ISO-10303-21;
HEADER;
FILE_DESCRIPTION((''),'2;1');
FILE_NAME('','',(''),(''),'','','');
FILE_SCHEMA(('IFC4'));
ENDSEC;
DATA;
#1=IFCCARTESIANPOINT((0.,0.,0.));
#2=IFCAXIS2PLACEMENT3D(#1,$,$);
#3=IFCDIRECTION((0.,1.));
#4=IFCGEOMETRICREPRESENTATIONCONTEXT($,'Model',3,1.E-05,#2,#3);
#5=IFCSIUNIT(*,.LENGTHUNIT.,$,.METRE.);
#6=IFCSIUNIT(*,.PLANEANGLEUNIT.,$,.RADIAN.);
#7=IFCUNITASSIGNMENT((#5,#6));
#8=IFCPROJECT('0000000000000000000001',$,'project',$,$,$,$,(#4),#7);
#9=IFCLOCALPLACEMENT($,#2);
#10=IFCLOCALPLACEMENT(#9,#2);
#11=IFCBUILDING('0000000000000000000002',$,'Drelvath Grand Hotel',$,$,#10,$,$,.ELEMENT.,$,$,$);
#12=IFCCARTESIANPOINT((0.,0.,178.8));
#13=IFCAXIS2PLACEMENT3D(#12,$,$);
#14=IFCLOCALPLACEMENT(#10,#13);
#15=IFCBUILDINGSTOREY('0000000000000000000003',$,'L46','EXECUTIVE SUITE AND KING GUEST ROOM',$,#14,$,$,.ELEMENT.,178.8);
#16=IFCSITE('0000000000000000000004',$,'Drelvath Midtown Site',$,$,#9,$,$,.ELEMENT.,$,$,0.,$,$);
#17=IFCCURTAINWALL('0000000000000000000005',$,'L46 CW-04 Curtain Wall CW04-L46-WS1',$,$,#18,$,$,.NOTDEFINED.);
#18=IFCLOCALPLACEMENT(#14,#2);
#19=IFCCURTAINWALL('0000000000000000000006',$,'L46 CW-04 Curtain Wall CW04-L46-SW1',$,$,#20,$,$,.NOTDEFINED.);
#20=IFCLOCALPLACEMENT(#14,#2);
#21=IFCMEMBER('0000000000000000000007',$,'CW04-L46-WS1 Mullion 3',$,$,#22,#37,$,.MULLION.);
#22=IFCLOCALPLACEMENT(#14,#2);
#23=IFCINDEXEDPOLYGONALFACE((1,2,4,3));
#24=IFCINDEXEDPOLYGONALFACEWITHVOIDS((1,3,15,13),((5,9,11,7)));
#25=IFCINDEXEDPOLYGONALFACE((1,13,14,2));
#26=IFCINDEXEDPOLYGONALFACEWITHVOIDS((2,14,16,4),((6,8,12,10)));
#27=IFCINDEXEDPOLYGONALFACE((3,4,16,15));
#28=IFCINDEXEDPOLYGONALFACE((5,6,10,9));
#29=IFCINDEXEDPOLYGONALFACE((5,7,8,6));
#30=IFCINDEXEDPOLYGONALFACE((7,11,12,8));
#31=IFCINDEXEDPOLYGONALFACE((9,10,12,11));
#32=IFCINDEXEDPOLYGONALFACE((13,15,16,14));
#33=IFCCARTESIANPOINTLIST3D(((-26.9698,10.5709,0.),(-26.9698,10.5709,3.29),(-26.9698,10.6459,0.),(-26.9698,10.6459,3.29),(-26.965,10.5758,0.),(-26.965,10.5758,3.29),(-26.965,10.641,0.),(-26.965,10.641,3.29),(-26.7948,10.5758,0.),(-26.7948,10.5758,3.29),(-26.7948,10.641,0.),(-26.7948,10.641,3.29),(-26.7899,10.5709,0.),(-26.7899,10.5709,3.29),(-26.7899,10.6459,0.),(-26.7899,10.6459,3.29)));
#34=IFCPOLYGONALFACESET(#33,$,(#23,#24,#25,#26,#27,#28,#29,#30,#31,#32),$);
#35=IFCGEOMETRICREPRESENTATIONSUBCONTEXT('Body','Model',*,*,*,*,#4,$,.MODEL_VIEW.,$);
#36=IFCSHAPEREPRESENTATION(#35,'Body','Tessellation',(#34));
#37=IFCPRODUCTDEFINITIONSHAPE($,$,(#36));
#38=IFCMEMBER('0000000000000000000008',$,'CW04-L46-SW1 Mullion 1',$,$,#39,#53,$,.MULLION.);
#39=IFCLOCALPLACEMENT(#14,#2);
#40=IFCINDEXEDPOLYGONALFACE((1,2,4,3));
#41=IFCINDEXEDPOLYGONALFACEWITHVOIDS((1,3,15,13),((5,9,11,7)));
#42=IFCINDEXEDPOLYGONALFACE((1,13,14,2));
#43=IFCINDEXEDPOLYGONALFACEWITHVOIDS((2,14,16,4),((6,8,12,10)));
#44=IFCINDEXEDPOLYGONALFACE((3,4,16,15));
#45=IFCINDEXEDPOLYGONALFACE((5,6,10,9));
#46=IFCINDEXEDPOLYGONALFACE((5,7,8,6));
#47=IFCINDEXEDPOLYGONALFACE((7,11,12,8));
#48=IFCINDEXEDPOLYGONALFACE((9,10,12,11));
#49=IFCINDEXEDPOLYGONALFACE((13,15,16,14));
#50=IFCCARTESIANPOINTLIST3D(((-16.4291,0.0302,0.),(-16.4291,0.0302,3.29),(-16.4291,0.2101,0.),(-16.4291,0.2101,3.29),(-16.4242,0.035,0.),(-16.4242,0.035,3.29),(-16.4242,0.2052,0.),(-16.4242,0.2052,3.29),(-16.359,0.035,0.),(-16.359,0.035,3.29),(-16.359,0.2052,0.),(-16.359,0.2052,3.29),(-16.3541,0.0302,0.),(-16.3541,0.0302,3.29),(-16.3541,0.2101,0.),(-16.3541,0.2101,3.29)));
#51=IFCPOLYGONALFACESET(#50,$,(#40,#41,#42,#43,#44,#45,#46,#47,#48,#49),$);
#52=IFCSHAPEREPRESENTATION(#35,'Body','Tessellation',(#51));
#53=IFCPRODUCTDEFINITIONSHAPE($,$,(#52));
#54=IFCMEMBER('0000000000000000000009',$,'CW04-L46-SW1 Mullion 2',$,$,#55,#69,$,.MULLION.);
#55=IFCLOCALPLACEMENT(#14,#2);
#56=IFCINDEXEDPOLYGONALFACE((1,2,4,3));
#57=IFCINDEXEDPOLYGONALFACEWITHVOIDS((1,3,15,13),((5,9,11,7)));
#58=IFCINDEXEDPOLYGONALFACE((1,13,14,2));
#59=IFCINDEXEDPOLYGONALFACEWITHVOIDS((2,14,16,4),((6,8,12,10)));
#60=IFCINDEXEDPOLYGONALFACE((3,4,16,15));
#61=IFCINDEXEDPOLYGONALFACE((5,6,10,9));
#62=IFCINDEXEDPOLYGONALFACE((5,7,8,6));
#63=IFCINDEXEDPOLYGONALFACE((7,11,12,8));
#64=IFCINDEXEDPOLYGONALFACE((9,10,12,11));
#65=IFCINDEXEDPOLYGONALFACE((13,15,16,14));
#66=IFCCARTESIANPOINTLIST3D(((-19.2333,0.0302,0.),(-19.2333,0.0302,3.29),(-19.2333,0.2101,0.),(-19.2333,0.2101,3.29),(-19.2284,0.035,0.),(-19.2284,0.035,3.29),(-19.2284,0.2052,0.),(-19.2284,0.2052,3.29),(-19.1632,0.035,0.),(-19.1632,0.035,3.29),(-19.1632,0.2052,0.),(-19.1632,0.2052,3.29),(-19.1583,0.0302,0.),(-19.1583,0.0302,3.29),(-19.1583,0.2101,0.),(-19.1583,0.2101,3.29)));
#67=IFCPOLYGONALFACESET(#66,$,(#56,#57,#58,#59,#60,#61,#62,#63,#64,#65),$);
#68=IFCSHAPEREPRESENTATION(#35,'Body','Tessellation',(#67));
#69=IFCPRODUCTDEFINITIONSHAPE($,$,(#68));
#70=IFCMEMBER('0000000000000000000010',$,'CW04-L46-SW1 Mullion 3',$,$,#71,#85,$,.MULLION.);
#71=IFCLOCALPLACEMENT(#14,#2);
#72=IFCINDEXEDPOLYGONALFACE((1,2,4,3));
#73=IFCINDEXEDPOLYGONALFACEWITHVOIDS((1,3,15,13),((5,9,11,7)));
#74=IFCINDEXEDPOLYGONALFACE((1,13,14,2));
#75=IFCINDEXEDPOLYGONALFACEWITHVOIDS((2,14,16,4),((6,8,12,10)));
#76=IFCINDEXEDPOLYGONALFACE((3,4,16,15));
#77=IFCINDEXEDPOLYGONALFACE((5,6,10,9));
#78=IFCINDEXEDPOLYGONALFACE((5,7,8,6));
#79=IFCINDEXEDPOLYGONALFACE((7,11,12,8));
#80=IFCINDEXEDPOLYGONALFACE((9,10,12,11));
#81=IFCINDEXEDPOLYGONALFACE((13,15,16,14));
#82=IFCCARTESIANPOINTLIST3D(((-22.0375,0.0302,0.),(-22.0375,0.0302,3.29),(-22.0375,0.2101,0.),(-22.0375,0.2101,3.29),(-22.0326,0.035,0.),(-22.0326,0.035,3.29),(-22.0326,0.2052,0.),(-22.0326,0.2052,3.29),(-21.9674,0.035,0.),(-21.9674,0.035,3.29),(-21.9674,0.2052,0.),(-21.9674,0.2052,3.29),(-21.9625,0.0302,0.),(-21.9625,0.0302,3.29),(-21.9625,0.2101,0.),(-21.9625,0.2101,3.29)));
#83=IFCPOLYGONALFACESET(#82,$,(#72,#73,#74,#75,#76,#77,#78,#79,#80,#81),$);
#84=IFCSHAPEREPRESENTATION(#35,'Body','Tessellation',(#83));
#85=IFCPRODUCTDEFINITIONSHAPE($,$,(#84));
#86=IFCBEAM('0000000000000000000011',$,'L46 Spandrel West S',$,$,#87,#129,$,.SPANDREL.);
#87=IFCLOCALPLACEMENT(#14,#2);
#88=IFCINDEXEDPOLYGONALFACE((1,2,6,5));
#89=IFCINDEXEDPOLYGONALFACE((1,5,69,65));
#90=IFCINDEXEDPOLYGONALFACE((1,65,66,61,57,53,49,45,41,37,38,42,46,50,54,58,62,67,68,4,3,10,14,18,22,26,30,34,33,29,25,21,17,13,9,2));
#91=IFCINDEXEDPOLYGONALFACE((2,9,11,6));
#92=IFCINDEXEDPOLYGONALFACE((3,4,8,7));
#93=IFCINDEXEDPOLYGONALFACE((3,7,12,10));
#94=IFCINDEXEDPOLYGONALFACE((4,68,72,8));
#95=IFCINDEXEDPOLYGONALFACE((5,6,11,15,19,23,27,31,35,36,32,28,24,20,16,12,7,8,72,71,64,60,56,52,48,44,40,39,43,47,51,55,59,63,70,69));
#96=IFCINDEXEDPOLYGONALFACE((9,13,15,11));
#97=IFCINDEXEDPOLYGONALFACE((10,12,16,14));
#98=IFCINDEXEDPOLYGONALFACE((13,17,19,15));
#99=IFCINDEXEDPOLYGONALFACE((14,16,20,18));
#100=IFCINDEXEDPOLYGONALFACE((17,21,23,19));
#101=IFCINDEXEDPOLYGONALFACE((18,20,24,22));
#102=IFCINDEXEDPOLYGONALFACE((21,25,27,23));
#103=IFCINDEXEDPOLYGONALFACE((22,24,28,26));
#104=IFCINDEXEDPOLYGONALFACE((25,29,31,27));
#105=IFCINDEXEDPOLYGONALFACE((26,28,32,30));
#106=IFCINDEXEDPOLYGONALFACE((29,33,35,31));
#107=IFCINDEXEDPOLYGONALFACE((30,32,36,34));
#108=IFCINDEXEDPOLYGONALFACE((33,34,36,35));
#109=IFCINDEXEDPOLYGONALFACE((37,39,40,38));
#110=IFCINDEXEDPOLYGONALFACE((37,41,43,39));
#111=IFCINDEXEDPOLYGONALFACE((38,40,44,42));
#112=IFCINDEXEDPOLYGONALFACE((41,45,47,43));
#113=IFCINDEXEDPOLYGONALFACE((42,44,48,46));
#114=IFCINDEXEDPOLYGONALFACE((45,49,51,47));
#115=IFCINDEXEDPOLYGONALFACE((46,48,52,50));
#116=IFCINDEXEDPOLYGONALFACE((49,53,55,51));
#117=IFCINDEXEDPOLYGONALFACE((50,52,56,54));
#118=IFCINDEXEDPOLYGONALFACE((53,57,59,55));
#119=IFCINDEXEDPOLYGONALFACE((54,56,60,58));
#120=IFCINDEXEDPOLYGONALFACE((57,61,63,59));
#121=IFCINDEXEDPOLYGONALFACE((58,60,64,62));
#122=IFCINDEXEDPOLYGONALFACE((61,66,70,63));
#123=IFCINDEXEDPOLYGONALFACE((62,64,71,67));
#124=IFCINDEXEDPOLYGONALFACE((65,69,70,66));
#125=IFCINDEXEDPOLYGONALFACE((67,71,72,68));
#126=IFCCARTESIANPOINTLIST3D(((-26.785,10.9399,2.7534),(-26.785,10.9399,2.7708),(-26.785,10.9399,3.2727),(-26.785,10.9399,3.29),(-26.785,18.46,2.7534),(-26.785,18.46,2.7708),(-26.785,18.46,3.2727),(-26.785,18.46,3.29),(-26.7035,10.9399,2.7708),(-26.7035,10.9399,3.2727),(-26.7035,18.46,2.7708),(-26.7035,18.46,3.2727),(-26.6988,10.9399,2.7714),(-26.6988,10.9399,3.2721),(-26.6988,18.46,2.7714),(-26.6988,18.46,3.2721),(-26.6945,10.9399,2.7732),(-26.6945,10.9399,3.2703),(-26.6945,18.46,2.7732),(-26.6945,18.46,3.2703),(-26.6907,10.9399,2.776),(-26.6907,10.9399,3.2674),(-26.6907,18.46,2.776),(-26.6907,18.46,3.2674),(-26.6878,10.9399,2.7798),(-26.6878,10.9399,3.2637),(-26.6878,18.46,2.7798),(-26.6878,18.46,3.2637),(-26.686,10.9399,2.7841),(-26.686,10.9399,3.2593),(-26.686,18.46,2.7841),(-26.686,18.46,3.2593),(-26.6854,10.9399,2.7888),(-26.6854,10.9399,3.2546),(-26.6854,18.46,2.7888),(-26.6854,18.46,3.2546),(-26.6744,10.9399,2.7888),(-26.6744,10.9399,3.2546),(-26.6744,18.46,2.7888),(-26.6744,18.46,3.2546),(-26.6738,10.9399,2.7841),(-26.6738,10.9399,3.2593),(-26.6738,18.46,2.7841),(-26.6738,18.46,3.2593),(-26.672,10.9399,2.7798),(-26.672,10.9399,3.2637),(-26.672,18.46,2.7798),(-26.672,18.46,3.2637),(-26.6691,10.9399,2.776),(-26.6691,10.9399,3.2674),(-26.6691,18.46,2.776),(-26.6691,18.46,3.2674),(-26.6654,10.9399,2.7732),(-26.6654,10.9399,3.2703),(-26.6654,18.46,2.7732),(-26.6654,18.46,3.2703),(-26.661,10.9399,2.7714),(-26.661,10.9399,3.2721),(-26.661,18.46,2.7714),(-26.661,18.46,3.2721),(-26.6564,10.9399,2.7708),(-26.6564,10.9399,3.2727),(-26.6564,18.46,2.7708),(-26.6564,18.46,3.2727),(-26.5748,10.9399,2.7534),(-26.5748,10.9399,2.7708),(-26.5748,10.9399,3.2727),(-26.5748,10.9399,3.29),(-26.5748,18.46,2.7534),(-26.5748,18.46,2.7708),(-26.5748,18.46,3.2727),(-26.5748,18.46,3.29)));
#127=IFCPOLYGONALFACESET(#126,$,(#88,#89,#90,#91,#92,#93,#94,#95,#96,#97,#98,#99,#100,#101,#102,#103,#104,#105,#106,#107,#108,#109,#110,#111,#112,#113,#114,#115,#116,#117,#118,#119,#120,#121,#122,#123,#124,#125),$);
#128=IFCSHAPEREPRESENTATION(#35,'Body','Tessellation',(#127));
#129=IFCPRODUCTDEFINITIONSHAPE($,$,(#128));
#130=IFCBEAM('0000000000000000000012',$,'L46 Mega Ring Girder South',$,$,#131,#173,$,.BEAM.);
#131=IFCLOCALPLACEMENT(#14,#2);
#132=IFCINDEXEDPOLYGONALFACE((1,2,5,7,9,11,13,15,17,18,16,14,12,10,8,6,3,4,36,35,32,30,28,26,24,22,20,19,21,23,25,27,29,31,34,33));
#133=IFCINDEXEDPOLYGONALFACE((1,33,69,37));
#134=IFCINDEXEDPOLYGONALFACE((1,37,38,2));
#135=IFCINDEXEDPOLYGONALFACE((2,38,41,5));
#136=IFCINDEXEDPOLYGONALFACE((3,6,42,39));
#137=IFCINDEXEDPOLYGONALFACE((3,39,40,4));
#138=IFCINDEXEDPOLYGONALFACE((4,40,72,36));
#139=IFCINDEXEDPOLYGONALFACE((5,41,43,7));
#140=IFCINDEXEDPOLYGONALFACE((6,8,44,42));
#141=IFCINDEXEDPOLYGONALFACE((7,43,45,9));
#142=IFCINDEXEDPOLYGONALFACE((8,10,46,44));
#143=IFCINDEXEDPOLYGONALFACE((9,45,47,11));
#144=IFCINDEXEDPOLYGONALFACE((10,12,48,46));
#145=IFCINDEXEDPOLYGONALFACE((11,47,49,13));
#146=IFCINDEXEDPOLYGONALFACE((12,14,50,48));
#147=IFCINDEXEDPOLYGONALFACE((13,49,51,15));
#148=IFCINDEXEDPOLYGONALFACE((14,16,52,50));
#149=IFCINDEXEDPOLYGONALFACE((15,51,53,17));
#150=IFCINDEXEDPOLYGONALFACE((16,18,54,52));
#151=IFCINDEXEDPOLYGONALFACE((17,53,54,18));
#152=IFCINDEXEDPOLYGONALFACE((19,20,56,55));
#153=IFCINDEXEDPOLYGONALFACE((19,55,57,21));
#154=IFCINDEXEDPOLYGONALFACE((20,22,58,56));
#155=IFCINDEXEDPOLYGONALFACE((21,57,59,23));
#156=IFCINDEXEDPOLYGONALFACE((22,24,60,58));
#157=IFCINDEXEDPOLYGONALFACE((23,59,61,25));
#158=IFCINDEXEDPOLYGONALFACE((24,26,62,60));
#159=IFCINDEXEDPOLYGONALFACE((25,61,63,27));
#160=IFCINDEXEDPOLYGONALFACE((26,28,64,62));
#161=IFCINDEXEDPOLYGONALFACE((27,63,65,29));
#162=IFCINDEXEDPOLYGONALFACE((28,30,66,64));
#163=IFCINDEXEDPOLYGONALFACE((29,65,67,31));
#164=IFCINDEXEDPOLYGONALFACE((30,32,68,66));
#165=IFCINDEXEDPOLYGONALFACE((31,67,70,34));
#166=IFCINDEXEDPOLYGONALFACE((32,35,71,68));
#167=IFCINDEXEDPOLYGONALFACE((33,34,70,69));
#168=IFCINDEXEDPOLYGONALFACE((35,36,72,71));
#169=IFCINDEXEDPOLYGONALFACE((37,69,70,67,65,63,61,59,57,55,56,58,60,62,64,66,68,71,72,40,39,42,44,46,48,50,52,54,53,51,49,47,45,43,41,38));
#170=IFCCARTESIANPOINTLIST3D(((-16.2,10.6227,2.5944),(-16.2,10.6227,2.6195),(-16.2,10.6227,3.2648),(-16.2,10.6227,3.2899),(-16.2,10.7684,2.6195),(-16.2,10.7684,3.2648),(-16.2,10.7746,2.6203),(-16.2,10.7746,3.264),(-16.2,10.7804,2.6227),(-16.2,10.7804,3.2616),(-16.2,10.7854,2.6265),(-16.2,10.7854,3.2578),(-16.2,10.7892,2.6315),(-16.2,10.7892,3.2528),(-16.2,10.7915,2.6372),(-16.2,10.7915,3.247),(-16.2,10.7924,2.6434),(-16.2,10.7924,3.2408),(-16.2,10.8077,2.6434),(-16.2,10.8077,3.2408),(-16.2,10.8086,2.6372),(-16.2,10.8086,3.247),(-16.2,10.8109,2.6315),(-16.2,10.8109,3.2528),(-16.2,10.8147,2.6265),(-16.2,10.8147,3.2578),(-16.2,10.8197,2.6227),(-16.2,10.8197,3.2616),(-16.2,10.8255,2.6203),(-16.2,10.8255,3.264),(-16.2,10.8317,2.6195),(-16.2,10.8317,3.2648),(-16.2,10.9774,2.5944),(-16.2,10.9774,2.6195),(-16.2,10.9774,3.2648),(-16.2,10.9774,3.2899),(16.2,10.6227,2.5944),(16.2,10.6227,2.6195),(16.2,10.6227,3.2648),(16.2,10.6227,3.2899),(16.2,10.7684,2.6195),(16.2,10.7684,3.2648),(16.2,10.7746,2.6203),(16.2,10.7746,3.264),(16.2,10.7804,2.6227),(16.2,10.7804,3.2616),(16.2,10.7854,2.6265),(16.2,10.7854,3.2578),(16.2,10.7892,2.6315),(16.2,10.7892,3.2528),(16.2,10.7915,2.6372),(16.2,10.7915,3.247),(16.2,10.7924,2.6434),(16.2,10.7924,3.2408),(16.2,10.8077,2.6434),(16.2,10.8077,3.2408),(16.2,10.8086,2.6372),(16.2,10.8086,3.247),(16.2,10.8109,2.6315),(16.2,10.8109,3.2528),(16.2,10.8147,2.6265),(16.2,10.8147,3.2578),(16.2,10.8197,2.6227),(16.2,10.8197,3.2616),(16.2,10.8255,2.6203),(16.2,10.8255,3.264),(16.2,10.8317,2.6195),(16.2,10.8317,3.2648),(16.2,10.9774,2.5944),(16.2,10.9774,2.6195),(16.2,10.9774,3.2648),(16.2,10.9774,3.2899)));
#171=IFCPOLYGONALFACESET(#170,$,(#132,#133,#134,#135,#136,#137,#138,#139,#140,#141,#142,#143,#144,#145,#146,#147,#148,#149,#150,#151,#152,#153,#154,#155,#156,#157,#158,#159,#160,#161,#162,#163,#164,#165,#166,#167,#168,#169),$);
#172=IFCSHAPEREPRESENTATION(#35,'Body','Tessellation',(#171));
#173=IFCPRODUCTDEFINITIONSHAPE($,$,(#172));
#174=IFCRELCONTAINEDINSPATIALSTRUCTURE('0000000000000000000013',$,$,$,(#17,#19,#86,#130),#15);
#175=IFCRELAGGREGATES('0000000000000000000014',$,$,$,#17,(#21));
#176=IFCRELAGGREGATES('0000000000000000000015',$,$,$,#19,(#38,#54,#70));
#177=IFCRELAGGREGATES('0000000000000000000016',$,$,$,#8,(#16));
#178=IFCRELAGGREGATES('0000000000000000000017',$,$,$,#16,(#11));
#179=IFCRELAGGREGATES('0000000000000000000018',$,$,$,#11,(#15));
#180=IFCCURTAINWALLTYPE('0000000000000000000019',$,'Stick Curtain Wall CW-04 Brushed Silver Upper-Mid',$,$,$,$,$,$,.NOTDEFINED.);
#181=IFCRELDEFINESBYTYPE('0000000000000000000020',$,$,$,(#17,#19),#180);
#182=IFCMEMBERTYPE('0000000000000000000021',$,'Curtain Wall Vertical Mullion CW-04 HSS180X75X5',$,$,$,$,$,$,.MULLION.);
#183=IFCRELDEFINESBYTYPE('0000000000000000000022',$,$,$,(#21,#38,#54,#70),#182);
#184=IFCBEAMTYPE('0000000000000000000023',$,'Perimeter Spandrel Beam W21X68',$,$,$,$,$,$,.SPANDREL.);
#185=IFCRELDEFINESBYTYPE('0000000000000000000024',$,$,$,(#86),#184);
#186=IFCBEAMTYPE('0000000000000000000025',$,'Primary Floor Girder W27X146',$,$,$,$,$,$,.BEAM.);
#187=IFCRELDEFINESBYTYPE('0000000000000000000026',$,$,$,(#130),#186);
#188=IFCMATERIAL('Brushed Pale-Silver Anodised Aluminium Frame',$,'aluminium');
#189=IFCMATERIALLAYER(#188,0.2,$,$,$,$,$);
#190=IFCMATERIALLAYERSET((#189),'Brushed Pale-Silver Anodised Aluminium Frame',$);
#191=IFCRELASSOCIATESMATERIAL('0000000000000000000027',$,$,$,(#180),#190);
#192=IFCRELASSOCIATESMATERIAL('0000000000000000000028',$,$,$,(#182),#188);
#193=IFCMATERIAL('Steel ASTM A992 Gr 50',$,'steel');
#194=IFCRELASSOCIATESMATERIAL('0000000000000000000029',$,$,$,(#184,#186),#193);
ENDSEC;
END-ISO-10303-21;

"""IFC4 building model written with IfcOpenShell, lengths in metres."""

from ifc_helpers import new_model, si_unit, direction, frame, origin, origin_2d, place, context, subcontext, project, spatial, hollow_rectangle, i_section, extrude, material, layer, layer_set, material_profile, profile_set, type_object, element, aggregate, save


model = new_model("IFC4")

# Units and contexts
model_context = context("Model", 3, precision=1e-05, world=origin(), true_north=direction((0.0, 1.0)))
body_context = subcontext(model_context, "Body", "Model", "MODEL_VIEW")
ifc_project = project(units=[si_unit("LENGTHUNIT", "METRE"), si_unit("PLANEANGLEUNIT", "RADIAN")], contexts=[model_context])

# Site, building, storey
site_placement = place(None, origin())
site = spatial("IfcSite", under=ifc_project, at=site_placement, Name="Drelvath Midtown Site", CompositionType="ELEMENT", RefElevation=0.0)
building_placement = place(site_placement, origin())
building = spatial("IfcBuilding", under=site, at=building_placement, Name="Drelvath Grand Hotel", CompositionType="ELEMENT")
storey_placement = place(building_placement, frame((0.0, 0.0, 178.8)))
storey = spatial("IfcBuildingStorey", under=building, at=storey_placement, Name="L46", Description="EXECUTIVE SUITE AND KING GUEST ROOM", CompositionType="ELEMENT", Elevation=178.8)

# Curtain walls
ifc_material_1 = material(Name="Brushed Pale-Silver Anodised Aluminium Frame", Category="aluminium")
ifc_layer_1 = layer(ifc_material_1, 0.2)
ifc_layer_set_1 = layer_set([ifc_layer_1], Name="Brushed Pale-Silver Anodised Aluminium Frame")
curtain_wall_type = type_object("IfcCurtainWallType", Name="Stick Curtain Wall CW-04 Brushed Silver Upper-Mid", PredefinedType="NOTDEFINED", material=ifc_layer_set_1)
curtain_wall_1_placement = place(storey_placement, origin())
curtain_wall_1 = element("IfcCurtainWall", 1, at=curtain_wall_1_placement, inside=storey, type_object=curtain_wall_type, Name="L46 CW-04 Curtain Wall CW04-L46-WS1", PredefinedType="NOTDEFINED")
curtain_wall_2_placement = place(storey_placement, origin())
curtain_wall_2 = element("IfcCurtainWall", 2, at=curtain_wall_2_placement, inside=storey, type_object=curtain_wall_type, Name="L46 CW-04 Curtain Wall CW04-L46-SW1", PredefinedType="NOTDEFINED")

# Members
ifc_material_profile_1 = material_profile(ifc_material_1, hollow_rectangle(XDim=0.075, YDim=0.1799, WallThickness=0.0049, at=origin_2d()), Name="HSS180X75X5")
ifc_profile_set_1 = profile_set([ifc_material_profile_1], Name="Brushed Pale-Silver Anodised Aluminium Frame")
member_type_1 = type_object("IfcMemberType", Name="Curtain Wall Vertical Mullion CW-04 HSS180X75X5", PredefinedType="MULLION", material=ifc_profile_set_1)
member_1_placement = place(storey_placement, frame((-26.8799, 10.6084, 0.0), z_axis=(0.0, 0.0, 1.0), x_axis=(0.0, 1.0, 0.0)))
member_1 = element("IfcMember", 3, at=member_1_placement, type_object=member_type_1, Name="CW04-L46-WS1 Mullion 3", PredefinedType="MULLION", context=body_context, shape_type="SweptSolid", body=[
    extrude(hollow_rectangle(XDim=0.075, YDim=0.1799, WallThickness=0.0049, at=origin_2d()), origin(), (0.0, 0.0, 1.0), 3.29),
])
member_2_placement = place(storey_placement, frame((-16.3916, 0.1201, 0.0), z_axis=(0.0, 0.0, 1.0), x_axis=(1.0, 0.0, 0.0)))
member_2 = element("IfcMember", 4, at=member_2_placement, type_object=member_type_1, Name="CW04-L46-SW1 Mullion 1", PredefinedType="MULLION", context=body_context, shape_type="SweptSolid", body=[
    extrude(hollow_rectangle(XDim=0.075, YDim=0.1799, WallThickness=0.0049, at=origin_2d()), origin(), (0.0, 0.0, 1.0), 3.29),
])
member_3_placement = place(storey_placement, frame((-19.1958, 0.1201, 0.0), z_axis=(0.0, 0.0, 1.0), x_axis=(1.0, 0.0, 0.0)))
member_3 = element("IfcMember", 5, at=member_3_placement, type_object=member_type_1, Name="CW04-L46-SW1 Mullion 2", PredefinedType="MULLION", context=body_context, shape_type="SweptSolid", body=[
    extrude(hollow_rectangle(XDim=0.075, YDim=0.1799, WallThickness=0.0049, at=origin_2d()), origin(), (0.0, 0.0, 1.0), 3.29),
])
member_4_placement = place(storey_placement, frame((-22.0, 0.1201, 0.0), z_axis=(0.0, 0.0, 1.0), x_axis=(1.0, 0.0, 0.0)))
member_4 = element("IfcMember", 6, at=member_4_placement, type_object=member_type_1, Name="CW04-L46-SW1 Mullion 3", PredefinedType="MULLION", context=body_context, shape_type="SweptSolid", body=[
    extrude(hollow_rectangle(XDim=0.075, YDim=0.1799, WallThickness=0.0049, at=origin_2d()), origin(), (0.0, 0.0, 1.0), 3.29),
])

# Beams
ifc_material_2 = material(Name="Steel ASTM A992 Gr 50", Category="steel")
ifc_material_profile_2 = material_profile(ifc_material_2, i_section(OverallWidth=0.2102, OverallDepth=0.5366, WebThickness=0.011, FlangeThickness=0.0173, FilletRadius=0.0181, at=origin_2d()), Name="W21X68")
ifc_profile_set_2 = profile_set([ifc_material_profile_2], Name="Steel ASTM A992 Gr 50")
beam_type_1 = type_object("IfcBeamType", Name="Perimeter Spandrel Beam W21X68", PredefinedType="SPANDREL", material=ifc_profile_set_2)
beam_placement = place(storey_placement, frame((-26.6799, 10.9399, 3.0217), z_axis=(0.0, 1.0, 0.0), x_axis=(-1.0, 0.0, 0.0)))
element("IfcBeam", 7, at=beam_placement, inside=storey, type_object=beam_type_1, Name="L46 Spandrel West S", PredefinedType="SPANDREL", context=body_context, shape_type="SweptSolid", body=[
    extrude(i_section(OverallWidth=0.2102, OverallDepth=0.5366, WebThickness=0.011, FlangeThickness=0.0173, FilletRadius=0.0181, at=origin_2d()), origin(), (0.0, 0.0, 1.0), 7.52),
])
ifc_material_profile_3 = material_profile(ifc_material_2, i_section(OverallWidth=0.3547, OverallDepth=0.6956, WebThickness=0.0154, FlangeThickness=0.0251, FilletRadius=0.0239, at=origin_2d()), Name="W27X146")
ifc_profile_set_3 = profile_set([ifc_material_profile_3], Name="Steel ASTM A992 Gr 50")
beam_type_2 = type_object("IfcBeamType", Name="Primary Floor Girder W27X146", PredefinedType="BEAM", material=ifc_profile_set_3)
for number, where, z_axis, x_axis, name in (
    (8, (-16.2, 10.8, 2.9421), (1.0, 0.0, 0.0), (0.0, 1.0, 0.0), "L46 Mega Ring Girder South"),
):
    element("IfcBeam", number, at=place(storey_placement, frame(where, z_axis=z_axis, x_axis=x_axis)), inside=storey, type_object=beam_type_2, Name=name, PredefinedType="BEAM", context=body_context, shape_type="SweptSolid", body=[
        extrude(i_section(OverallWidth=0.3547, OverallDepth=0.6956, WebThickness=0.0154, FlangeThickness=0.0251, FilletRadius=0.0239, at=origin_2d()), origin(), (0.0, 0.0, 1.0), 32.3999),
    ])

aggregate(curtain_wall_1, [member_1])
aggregate(curtain_wall_2, [member_2, member_3, member_4])

save(model, "model.ifc")
